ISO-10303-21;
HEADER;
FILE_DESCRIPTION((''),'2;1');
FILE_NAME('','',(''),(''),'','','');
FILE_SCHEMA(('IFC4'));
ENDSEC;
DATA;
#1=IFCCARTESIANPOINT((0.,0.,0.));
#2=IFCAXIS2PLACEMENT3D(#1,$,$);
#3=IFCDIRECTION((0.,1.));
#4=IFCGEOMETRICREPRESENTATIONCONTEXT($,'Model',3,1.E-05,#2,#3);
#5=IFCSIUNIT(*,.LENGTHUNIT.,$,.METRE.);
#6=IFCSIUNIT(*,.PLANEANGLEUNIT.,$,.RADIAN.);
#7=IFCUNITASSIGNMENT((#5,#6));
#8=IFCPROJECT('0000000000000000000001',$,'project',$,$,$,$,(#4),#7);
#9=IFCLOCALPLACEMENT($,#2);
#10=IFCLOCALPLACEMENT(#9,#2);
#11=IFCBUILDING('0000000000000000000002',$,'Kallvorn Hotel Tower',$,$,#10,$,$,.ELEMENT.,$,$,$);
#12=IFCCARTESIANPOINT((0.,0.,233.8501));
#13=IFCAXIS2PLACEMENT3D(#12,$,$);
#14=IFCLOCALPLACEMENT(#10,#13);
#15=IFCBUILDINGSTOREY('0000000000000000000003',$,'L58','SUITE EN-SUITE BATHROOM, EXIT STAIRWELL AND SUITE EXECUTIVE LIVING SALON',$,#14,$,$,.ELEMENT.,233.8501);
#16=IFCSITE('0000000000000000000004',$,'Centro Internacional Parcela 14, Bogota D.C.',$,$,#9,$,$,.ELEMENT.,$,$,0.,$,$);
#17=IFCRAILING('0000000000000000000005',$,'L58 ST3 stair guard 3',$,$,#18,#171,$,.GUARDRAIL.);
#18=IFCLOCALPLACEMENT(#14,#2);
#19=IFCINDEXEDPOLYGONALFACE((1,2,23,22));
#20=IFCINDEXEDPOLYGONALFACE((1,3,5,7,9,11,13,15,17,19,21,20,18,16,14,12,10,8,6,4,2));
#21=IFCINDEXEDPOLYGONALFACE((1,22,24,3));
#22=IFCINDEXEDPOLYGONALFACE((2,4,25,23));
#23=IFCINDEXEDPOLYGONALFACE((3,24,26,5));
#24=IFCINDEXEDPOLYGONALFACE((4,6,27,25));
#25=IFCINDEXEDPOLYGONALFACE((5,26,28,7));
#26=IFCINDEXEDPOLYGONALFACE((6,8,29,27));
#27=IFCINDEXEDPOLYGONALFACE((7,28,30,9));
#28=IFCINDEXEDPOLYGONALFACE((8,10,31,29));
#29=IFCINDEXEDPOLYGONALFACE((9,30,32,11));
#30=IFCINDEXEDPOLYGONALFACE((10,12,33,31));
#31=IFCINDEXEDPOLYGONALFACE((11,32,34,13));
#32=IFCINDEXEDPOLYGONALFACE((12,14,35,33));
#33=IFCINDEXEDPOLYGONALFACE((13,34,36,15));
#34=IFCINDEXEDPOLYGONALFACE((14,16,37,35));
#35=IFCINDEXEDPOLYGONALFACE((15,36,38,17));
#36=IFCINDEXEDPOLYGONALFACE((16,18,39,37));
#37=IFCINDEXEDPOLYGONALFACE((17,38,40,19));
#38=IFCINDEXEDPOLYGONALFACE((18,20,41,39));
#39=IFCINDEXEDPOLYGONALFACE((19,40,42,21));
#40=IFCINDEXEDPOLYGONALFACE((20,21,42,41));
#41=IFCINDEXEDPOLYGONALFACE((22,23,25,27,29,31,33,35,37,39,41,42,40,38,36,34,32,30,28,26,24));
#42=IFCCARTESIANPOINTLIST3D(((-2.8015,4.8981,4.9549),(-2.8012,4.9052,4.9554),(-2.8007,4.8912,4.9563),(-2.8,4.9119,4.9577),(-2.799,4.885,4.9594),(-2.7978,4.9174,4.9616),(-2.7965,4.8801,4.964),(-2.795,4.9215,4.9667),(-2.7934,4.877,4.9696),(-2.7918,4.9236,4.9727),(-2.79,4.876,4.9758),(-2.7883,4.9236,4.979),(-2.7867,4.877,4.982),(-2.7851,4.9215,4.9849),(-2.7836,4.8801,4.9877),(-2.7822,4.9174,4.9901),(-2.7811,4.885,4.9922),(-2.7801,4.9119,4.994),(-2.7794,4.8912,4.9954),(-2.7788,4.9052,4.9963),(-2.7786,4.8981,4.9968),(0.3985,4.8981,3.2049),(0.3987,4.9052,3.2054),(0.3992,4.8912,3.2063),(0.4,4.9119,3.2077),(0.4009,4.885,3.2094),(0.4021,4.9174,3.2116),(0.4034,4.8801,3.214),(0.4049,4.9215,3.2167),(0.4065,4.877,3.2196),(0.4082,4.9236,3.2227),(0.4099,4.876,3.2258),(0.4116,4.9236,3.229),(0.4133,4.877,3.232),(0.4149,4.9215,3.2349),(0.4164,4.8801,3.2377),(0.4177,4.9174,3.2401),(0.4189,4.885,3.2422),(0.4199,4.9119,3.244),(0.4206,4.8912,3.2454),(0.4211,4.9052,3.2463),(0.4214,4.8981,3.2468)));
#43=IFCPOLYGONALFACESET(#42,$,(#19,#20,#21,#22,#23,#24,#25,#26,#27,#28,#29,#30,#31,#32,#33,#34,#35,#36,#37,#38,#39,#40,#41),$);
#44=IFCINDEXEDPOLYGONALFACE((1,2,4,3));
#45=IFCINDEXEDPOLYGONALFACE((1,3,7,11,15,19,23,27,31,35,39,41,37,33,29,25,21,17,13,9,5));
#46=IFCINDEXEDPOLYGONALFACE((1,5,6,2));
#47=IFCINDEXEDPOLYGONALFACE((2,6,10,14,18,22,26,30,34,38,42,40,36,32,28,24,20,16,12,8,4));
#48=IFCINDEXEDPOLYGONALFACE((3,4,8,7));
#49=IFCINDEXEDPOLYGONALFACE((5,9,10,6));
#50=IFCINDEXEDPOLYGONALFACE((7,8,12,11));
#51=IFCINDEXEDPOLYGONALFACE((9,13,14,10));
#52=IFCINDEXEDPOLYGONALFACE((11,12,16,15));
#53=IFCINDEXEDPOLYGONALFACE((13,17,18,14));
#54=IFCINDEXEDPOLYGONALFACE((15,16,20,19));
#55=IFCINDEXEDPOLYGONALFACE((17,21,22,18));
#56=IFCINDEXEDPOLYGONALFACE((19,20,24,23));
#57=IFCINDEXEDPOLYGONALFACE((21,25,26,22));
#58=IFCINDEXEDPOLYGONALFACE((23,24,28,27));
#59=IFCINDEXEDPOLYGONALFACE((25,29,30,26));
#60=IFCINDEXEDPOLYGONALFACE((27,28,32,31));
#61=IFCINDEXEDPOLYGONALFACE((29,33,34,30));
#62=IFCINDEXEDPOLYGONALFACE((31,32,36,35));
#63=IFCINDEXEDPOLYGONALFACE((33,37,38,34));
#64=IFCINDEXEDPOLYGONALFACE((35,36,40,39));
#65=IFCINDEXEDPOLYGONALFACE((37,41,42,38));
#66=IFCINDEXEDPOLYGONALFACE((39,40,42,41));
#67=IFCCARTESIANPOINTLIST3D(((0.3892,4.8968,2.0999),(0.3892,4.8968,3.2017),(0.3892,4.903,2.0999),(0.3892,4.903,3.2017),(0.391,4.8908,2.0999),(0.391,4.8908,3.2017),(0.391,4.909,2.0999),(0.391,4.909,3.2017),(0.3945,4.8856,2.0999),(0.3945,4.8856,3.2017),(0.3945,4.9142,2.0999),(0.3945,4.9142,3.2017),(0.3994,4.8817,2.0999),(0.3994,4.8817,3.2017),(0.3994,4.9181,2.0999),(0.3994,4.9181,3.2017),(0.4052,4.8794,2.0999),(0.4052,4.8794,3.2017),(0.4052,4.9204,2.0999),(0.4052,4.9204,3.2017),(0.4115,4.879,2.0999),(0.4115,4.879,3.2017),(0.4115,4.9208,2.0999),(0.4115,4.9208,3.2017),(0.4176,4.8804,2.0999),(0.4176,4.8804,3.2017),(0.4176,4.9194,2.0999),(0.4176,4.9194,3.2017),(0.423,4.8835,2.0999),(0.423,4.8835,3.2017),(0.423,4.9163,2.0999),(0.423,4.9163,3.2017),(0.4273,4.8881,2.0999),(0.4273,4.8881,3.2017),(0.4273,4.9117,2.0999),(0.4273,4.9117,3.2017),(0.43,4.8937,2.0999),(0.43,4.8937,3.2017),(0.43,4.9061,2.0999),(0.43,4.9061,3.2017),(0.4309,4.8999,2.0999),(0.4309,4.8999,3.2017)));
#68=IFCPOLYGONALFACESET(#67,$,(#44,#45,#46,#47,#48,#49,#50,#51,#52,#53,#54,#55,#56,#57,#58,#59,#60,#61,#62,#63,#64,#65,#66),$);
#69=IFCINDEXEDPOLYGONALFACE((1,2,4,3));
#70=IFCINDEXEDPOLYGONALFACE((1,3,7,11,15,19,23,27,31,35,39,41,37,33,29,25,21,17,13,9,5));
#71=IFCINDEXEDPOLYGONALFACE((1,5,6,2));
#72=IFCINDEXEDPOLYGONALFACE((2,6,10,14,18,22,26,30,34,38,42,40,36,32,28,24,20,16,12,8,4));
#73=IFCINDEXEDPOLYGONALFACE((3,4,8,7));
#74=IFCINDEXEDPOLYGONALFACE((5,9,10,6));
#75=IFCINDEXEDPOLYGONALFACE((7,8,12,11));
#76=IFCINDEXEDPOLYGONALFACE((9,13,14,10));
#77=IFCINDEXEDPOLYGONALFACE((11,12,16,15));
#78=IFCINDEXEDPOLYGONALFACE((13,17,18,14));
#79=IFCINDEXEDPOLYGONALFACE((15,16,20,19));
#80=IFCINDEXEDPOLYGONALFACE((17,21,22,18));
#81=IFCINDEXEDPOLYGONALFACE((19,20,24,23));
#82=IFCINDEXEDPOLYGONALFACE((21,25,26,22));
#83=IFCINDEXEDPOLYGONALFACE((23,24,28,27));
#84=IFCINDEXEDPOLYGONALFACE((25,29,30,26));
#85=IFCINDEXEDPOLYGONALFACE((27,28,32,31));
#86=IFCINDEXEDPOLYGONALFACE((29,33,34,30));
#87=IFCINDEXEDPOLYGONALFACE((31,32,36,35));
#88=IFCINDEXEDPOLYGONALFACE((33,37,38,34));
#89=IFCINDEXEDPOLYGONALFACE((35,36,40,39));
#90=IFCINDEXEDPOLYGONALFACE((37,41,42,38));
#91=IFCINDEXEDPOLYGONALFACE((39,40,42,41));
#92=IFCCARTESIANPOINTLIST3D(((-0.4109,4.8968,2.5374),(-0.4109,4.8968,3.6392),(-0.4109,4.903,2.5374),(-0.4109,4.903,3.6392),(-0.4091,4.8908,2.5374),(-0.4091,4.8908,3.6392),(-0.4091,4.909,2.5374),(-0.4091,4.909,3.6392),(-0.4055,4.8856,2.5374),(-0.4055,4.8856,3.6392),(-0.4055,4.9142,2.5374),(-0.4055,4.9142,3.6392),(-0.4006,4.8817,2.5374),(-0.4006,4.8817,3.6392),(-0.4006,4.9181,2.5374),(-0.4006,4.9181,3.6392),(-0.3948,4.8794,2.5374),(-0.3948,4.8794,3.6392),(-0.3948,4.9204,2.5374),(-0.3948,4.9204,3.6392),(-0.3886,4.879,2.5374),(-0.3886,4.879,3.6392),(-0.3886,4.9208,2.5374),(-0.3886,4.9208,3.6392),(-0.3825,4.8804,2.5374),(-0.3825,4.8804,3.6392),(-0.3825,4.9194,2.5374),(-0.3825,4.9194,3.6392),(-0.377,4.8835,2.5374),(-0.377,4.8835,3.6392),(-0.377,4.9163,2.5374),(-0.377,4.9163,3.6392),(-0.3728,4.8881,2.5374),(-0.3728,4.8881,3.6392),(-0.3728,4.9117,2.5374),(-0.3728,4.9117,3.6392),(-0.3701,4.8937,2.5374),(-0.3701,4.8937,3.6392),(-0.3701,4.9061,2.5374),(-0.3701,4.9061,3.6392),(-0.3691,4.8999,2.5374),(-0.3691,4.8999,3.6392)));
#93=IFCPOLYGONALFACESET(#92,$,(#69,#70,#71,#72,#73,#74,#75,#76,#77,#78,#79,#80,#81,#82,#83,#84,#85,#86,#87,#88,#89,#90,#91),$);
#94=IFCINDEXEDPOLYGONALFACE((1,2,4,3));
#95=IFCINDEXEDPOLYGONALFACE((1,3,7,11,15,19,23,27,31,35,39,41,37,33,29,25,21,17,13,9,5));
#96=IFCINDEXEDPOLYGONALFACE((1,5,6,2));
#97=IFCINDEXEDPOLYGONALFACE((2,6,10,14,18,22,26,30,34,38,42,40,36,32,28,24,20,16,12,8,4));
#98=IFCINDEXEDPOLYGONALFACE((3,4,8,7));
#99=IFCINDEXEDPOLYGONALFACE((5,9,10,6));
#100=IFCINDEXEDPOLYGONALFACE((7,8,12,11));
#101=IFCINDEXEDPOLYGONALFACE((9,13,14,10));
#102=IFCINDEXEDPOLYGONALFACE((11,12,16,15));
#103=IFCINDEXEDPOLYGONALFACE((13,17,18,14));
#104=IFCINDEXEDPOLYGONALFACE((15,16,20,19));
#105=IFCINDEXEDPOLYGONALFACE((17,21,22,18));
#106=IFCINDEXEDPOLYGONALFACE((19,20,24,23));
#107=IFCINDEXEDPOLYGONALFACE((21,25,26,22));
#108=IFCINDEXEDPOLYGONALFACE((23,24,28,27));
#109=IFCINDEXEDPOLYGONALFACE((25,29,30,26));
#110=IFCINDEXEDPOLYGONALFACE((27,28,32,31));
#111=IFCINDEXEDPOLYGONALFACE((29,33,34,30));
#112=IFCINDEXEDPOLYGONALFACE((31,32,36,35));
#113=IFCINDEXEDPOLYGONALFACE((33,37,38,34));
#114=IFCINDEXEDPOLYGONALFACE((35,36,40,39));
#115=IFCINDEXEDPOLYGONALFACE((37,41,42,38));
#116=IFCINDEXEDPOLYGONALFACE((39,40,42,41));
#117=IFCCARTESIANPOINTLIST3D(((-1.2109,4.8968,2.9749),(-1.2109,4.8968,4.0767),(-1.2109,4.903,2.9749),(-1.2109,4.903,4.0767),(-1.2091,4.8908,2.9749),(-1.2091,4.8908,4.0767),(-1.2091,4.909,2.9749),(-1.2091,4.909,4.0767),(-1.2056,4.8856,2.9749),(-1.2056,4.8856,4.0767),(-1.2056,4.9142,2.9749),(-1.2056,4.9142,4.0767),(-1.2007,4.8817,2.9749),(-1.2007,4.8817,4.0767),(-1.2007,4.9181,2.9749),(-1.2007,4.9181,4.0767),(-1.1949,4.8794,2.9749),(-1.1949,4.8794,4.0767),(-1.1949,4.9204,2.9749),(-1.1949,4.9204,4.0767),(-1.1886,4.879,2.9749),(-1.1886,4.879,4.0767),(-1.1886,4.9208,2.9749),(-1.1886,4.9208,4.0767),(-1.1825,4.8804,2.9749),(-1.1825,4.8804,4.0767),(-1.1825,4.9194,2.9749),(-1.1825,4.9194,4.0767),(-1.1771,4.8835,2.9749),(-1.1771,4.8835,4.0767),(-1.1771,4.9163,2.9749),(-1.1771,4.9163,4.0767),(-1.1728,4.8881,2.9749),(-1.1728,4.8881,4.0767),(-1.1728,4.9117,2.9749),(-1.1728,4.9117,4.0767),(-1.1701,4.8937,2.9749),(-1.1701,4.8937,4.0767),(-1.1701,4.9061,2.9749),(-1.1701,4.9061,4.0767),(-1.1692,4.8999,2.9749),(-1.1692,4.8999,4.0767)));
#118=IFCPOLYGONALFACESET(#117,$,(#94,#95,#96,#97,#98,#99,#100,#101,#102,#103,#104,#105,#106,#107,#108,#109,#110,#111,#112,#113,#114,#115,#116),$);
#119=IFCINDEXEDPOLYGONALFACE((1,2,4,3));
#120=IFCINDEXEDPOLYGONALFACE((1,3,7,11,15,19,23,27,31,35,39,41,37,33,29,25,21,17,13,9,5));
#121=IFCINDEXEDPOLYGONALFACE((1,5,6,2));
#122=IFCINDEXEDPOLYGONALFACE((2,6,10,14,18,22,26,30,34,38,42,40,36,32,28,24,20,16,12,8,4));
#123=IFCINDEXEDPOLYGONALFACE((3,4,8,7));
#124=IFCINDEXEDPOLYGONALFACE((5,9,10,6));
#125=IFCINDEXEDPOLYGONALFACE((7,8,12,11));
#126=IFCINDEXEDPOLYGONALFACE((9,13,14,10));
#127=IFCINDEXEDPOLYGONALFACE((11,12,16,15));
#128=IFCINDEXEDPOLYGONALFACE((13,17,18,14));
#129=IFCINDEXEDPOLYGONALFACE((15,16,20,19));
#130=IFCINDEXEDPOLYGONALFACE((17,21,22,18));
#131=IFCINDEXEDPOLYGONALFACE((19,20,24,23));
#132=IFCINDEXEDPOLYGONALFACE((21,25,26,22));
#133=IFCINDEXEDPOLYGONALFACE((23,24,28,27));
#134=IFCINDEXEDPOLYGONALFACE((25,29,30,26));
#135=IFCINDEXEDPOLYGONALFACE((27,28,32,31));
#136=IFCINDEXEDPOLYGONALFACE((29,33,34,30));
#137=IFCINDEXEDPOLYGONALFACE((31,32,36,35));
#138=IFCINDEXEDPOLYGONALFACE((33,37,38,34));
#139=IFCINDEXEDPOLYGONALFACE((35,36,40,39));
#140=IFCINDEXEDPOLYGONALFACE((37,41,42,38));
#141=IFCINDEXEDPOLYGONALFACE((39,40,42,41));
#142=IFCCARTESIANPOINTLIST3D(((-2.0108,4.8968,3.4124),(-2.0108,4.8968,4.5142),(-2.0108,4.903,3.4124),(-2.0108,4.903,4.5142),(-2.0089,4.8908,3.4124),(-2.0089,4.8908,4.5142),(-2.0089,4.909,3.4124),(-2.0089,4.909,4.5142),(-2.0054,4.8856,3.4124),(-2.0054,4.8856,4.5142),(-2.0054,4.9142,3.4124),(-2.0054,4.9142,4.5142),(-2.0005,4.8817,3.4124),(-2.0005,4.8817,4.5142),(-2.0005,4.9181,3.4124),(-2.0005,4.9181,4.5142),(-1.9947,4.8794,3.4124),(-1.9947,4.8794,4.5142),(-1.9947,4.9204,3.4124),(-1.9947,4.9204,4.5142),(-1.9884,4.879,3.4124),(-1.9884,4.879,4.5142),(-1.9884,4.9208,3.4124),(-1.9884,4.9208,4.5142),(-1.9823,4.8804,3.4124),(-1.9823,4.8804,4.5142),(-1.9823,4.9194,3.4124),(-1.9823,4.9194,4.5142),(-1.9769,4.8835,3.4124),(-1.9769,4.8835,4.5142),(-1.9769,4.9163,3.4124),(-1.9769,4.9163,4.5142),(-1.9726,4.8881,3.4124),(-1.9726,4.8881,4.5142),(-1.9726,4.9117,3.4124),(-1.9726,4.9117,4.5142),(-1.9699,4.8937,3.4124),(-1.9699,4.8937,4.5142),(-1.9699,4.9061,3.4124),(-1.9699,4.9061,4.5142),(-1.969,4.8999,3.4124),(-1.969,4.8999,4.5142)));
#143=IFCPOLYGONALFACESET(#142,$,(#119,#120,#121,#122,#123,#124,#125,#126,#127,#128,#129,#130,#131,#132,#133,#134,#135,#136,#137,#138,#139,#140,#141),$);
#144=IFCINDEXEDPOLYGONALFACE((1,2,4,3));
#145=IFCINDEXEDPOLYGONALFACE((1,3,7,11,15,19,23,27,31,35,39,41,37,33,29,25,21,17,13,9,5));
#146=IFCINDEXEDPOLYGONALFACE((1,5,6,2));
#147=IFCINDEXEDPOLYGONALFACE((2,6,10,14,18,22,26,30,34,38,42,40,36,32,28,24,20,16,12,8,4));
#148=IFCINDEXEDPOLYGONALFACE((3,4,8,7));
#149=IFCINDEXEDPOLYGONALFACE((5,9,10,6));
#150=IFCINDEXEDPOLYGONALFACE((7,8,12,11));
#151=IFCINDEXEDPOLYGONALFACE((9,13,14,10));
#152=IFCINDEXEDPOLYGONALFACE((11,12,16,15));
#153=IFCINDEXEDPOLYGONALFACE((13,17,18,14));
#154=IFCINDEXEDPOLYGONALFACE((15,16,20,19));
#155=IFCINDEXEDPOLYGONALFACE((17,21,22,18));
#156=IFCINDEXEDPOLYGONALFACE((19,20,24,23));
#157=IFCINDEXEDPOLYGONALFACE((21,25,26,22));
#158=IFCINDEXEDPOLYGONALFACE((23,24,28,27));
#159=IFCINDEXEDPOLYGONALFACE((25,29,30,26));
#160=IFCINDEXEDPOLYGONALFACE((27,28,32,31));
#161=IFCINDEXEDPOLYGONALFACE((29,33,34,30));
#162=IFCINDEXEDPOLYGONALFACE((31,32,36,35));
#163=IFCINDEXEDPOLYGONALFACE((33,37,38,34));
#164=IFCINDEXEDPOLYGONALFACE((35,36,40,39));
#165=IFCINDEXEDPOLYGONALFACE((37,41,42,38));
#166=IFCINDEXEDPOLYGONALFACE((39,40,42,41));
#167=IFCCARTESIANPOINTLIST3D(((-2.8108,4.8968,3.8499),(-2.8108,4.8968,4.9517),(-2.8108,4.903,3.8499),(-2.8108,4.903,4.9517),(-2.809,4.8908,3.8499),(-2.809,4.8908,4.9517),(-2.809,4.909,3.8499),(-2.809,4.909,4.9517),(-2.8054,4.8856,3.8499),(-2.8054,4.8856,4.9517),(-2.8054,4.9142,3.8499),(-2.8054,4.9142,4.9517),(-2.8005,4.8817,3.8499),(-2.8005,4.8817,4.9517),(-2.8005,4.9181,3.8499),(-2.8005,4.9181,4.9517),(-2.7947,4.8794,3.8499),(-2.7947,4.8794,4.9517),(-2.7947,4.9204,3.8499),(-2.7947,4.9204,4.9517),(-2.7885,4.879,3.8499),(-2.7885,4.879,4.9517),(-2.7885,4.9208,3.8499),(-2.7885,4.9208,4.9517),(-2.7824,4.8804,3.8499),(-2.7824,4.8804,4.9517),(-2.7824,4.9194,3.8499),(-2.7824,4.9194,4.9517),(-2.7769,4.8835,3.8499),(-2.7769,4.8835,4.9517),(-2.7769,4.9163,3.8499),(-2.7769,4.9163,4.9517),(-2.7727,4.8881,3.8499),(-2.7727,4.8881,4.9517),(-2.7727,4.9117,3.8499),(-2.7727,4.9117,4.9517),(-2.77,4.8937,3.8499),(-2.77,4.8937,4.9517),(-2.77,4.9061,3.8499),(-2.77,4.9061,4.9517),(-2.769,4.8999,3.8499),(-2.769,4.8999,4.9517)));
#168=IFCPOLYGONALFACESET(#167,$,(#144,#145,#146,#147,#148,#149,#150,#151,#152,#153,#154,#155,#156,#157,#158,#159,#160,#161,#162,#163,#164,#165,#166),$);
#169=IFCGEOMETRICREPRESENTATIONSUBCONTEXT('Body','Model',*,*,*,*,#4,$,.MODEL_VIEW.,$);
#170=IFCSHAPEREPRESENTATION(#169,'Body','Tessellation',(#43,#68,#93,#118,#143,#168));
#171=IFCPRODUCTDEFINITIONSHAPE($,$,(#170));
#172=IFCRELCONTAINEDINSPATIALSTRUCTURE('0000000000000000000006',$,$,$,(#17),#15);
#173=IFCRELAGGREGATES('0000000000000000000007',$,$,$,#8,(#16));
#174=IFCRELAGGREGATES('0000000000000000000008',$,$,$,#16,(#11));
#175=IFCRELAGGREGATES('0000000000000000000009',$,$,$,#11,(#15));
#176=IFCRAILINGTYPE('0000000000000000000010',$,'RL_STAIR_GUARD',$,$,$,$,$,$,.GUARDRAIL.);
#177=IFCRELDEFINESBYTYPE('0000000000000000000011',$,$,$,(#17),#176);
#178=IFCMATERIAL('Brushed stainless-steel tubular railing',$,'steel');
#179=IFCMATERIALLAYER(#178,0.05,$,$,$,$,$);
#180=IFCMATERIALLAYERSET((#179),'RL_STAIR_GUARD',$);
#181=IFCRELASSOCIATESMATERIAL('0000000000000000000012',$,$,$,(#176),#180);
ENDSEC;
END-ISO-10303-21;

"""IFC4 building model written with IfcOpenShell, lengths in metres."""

from ifc_helpers import new_model, si_unit, direction, frame, origin, origin_2d, place, context, subcontext, project, spatial, circle, extrude, material, layer, layer_set, type_object, element, save


model = new_model("IFC4")

# Units and contexts
model_context = context("Model", 3, precision=1e-05, world=origin(), true_north=direction((0.0, 1.0)))
body_context = subcontext(model_context, "Body", "Model", "MODEL_VIEW")
ifc_project = project(units=[si_unit("LENGTHUNIT", "METRE"), si_unit("PLANEANGLEUNIT", "RADIAN")], contexts=[model_context])

# Site, building, storey
site_placement = place(None, origin())
site = spatial("IfcSite", under=ifc_project, at=site_placement, Name="Centro Internacional Parcela 14, Bogota D.C.", CompositionType="ELEMENT", RefElevation=0.0)
building_placement = place(site_placement, origin())
building = spatial("IfcBuilding", under=site, at=building_placement, Name="Kallvorn Hotel Tower", CompositionType="ELEMENT")
storey_placement = place(building_placement, frame((0.0, 0.0, 233.8501)))
storey = spatial("IfcBuildingStorey", under=building, at=storey_placement, Name="L58", Description="SUITE EN-SUITE BATHROOM, EXIT STAIRWELL AND SUITE EXECUTIVE LIVING SALON", CompositionType="ELEMENT", Elevation=233.8501)

# Railing
ifc_material_1 = material(Name="Brushed stainless-steel tubular railing", Category="steel")
ifc_layer_1 = layer(ifc_material_1, 0.05)
ifc_layer_set_1 = layer_set([ifc_layer_1], Name="RL_STAIR_GUARD")
railing_type_1 = type_object("IfcRailingType", Name="RL_STAIR_GUARD", PredefinedType="GUARDRAIL", material=ifc_layer_set_1)
railing_1_placement = place(storey_placement, frame((0.4099, 4.8999, 2.0999)))
element("IfcRailing", 1, at=railing_1_placement, inside=storey, type_object=railing_type_1, Name="L58 ST3 stair guard 3", PredefinedType="GUARDRAIL", context=body_context, shape_type="SweptSolid", body=[
    extrude(circle(Radius=0.0239, at=origin_2d()), frame((0.0, 0.0, 1.126), z_axis=(-0.877368, 0.0, 0.479818), x_axis=(0.0, -1.0, 0.0)), (0.0, 0.0, 1.0), 3.6472),
    extrude(circle(Radius=0.021, at=origin_2d()), origin(), (0.0, 0.0, 1.0), 1.1018),
    extrude(circle(Radius=0.021, at=origin_2d()), frame((-0.8, 0.0, 0.4375)), (0.0, 0.0, 1.0), 1.1018),
    extrude(circle(Radius=0.021, at=origin_2d()), frame((-1.6001, 0.0, 0.875)), (0.0, 0.0, 1.0), 1.1018),
    extrude(circle(Radius=0.021, at=origin_2d()), frame((-2.3999, 0.0, 1.3125)), (0.0, 0.0, 1.0), 1.1018),
    extrude(circle(Radius=0.021, at=origin_2d()), frame((-3.2, 0.0, 1.75)), (0.0, 0.0, 1.0), 1.1018),
])

save(model, "model.ifc")
